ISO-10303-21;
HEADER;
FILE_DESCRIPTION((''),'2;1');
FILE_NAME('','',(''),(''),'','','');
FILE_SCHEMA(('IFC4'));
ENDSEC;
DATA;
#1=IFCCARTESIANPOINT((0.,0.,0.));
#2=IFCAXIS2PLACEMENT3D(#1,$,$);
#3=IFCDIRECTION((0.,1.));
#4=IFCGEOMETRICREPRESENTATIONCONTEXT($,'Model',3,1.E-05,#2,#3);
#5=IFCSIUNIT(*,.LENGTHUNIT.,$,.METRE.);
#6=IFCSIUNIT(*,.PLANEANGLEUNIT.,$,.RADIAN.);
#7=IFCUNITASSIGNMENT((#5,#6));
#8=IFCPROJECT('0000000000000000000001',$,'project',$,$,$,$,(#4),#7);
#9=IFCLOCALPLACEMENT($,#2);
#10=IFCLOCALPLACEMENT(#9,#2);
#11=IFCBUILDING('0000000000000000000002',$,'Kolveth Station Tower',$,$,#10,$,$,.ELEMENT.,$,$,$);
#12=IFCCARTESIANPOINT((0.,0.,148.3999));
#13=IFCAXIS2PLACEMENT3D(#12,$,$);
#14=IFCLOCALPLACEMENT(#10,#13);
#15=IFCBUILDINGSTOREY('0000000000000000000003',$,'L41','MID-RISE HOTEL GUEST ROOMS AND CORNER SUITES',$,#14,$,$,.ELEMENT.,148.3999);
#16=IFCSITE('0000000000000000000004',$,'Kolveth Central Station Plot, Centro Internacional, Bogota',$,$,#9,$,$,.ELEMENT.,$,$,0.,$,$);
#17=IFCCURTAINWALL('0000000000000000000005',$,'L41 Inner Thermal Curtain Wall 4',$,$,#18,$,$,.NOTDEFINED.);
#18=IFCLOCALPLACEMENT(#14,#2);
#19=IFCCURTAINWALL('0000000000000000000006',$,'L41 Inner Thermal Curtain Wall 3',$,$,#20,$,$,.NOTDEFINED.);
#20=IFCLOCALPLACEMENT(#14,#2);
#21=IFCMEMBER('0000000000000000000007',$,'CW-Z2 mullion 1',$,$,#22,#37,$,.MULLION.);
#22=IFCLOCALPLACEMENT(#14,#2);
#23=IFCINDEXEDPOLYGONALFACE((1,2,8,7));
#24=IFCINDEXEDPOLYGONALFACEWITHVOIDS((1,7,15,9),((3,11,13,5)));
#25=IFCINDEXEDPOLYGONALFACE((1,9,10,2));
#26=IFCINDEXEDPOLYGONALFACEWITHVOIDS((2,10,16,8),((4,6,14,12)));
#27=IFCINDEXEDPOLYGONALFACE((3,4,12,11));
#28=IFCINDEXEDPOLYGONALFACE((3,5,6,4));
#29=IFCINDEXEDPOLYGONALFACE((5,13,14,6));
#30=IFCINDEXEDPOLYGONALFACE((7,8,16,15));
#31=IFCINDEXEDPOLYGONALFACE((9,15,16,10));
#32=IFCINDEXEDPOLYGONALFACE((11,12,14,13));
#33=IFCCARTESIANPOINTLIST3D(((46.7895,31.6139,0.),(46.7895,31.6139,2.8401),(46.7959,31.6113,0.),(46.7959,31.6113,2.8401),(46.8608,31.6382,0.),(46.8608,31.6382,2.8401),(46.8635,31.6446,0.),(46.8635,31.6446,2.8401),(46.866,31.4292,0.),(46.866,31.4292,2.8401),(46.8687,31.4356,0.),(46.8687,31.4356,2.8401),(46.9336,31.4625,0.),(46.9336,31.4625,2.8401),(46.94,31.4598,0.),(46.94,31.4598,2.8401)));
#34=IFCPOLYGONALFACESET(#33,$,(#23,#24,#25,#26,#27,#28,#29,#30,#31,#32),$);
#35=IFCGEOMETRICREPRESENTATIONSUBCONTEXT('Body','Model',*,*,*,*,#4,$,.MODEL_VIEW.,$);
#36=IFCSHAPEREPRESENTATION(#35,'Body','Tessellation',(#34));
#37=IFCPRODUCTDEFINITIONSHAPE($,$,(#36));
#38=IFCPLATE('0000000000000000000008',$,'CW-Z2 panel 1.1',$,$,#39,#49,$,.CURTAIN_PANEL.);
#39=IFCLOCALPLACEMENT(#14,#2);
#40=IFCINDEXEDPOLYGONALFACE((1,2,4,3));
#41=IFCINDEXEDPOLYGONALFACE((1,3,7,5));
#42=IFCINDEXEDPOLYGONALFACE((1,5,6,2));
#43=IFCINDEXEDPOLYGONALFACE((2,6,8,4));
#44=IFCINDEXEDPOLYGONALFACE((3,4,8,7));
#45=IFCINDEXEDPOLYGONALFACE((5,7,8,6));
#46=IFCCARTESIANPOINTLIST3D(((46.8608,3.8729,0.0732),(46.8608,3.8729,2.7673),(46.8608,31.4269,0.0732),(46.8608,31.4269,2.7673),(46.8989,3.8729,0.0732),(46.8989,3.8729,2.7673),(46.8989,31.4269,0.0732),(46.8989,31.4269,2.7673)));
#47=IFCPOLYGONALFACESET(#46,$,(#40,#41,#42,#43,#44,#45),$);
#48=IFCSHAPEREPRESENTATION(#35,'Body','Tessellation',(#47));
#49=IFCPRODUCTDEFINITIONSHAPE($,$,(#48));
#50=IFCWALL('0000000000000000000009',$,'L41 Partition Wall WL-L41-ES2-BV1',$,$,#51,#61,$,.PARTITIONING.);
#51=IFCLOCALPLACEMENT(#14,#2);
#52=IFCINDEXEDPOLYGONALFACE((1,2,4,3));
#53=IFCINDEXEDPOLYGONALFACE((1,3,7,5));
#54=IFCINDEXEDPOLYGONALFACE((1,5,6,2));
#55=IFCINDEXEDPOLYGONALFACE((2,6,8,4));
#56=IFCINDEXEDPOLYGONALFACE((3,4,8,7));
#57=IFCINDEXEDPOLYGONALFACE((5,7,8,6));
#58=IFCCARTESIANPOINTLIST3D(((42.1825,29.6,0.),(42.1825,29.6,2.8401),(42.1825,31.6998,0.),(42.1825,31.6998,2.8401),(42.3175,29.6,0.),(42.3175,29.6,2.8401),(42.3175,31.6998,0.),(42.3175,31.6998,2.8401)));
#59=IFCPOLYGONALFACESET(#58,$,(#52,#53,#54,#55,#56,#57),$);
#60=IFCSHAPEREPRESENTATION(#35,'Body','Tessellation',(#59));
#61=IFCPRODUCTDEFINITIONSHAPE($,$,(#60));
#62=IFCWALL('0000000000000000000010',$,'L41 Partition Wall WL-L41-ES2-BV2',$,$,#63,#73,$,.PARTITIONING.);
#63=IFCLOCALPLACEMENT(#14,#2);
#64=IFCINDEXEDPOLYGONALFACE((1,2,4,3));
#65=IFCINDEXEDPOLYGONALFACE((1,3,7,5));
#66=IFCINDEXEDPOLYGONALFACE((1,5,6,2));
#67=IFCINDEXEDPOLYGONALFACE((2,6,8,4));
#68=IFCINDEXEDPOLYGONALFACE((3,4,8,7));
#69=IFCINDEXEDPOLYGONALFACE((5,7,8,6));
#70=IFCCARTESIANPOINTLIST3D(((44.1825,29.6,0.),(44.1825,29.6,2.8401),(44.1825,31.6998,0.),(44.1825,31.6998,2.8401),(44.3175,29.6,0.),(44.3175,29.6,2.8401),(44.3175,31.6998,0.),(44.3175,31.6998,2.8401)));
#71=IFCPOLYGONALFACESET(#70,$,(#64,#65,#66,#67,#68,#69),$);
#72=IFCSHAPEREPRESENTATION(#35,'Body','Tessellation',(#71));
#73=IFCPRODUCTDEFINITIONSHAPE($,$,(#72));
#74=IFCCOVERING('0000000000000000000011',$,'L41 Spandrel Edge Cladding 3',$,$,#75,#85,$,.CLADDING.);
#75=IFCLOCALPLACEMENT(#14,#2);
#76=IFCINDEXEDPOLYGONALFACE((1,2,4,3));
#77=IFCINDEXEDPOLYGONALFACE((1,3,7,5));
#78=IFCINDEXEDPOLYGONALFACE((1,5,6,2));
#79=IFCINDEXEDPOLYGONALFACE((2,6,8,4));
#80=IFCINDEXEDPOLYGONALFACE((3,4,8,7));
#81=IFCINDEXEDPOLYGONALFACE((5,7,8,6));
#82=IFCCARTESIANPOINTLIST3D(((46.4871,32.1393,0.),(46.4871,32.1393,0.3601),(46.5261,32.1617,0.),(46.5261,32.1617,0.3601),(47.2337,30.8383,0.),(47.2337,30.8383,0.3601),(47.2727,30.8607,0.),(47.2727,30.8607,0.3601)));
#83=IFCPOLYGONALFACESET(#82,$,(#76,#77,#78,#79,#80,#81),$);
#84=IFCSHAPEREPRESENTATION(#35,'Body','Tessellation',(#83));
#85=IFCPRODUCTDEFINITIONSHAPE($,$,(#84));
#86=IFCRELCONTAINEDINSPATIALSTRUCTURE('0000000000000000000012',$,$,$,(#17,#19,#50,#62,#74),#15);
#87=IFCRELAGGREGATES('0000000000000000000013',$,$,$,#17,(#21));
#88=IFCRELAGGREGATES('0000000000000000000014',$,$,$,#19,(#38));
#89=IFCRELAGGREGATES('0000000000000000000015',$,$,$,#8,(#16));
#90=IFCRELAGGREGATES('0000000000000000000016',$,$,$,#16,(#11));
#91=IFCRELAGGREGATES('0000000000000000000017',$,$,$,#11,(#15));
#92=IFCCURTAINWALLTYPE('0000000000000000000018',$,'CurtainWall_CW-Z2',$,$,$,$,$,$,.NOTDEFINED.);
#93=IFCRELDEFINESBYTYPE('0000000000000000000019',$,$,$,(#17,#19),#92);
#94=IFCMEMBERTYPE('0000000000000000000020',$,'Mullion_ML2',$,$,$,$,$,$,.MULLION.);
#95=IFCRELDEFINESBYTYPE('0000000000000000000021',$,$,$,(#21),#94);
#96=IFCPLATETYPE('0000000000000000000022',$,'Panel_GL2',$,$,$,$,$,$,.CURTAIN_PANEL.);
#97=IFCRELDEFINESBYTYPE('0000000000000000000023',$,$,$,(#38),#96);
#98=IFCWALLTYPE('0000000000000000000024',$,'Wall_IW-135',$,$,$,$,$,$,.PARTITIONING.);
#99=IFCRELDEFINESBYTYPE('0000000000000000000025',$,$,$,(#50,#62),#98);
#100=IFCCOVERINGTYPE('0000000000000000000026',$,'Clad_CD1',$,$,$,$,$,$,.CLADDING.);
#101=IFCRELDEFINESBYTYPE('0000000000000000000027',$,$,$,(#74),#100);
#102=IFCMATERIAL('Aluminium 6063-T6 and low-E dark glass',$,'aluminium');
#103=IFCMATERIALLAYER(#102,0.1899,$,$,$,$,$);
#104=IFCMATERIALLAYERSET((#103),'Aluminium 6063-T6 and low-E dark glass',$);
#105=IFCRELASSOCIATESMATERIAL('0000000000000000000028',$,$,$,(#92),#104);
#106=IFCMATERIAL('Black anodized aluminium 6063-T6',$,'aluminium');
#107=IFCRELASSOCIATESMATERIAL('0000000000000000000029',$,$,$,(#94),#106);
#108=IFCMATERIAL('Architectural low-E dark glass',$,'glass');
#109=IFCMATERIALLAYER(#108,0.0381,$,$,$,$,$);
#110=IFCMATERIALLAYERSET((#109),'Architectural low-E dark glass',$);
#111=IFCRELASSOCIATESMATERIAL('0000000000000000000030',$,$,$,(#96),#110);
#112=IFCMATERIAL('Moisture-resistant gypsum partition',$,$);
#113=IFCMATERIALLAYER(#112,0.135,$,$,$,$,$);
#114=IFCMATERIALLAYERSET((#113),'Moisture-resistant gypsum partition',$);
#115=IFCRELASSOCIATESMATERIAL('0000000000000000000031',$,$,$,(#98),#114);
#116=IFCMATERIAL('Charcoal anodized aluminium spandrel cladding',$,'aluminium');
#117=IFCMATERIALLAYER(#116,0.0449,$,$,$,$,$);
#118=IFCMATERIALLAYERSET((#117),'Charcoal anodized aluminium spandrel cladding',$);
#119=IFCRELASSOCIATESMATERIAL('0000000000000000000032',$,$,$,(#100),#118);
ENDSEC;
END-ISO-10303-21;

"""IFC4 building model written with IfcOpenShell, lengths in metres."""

from ifc_helpers import new_model, si_unit, direction, frame, frame_2d, origin, origin_2d, place, context, subcontext, project, spatial, rectangle, hollow_rectangle, extrude, source, transform, mapped, material, layer, layer_set, material_profile, profile_set, type_object, element, aggregate, save


model = new_model("IFC4")

# Units and contexts
model_context = context("Model", 3, precision=1e-05, world=origin(), true_north=direction((0.0, 1.0)))
body_context = subcontext(model_context, "Body", "Model", "MODEL_VIEW")
ifc_project = project(units=[si_unit("LENGTHUNIT", "METRE"), si_unit("PLANEANGLEUNIT", "RADIAN")], contexts=[model_context])

# Site, building, storey
site_placement = place(None, origin())
site = spatial("IfcSite", under=ifc_project, at=site_placement, Name="Kolveth Central Station Plot, Centro Internacional, Bogota", CompositionType="ELEMENT", RefElevation=0.0)
building_placement = place(site_placement, origin())
building = spatial("IfcBuilding", under=site, at=building_placement, Name="Kolveth Station Tower", CompositionType="ELEMENT")
storey_placement = place(building_placement, frame((0.0, 0.0, 148.3999)))
storey = spatial("IfcBuildingStorey", under=building, at=storey_placement, Name="L41", Description="MID-RISE HOTEL GUEST ROOMS AND CORNER SUITES", CompositionType="ELEMENT", Elevation=148.3999)

# Curtain wall
ifc_material_1 = material(Name="Aluminium 6063-T6 and low-E dark glass", Category="aluminium")
ifc_layer_1 = layer(ifc_material_1, 0.1899)
ifc_layer_set_1 = layer_set([ifc_layer_1], Name="Aluminium 6063-T6 and low-E dark glass")
curtain_wall_type = type_object("IfcCurtainWallType", Name="CurtainWall_CW-Z2", PredefinedType="NOTDEFINED", material=ifc_layer_set_1)
curtain_wall_1_placement = place(storey_placement, origin())
curtain_wall_1 = element("IfcCurtainWall", 1, at=curtain_wall_1_placement, inside=storey, type_object=curtain_wall_type, Name="L41 Inner Thermal Curtain Wall 4", PredefinedType="NOTDEFINED")
ifc_material_2 = material(Name="Black anodized aluminium 6063-T6", Category="aluminium")

# Curtain wall
curtain_wall_2_placement = place(storey_placement, origin())
curtain_wall_2 = element("IfcCurtainWall", 2, at=curtain_wall_2_placement, inside=storey, type_object=curtain_wall_type, Name="L41 Inner Thermal Curtain Wall 3", PredefinedType="NOTDEFINED")
ifc_material_profile_1 = material_profile(ifc_material_2, hollow_rectangle(XDim=0.0801, YDim=0.2, WallThickness=0.0049, at=origin_2d()), Name="ALU-80x200x5")
ifc_profile_set_1 = profile_set([ifc_material_profile_1], Name="Black anodized aluminium 6063-T6")
member_type_1 = type_object("IfcMemberType", Name="Mullion_ML2", PredefinedType="MULLION", material=ifc_profile_set_1)
shared_shape_1 = source(origin(), body_context, "Body", "SweptSolid", [
    extrude(hollow_rectangle(XDim=0.0801, YDim=0.2, WallThickness=0.0049, at=origin_2d()), origin(), (0.0, 0.0, 1.0), 2.8401),
])

# Member
member_1_placement = place(storey_placement, frame((46.8647, 31.5369, 0.0), z_axis=(0.0, 0.0, 1.0), x_axis=(-0.923888, -0.382663, 0.0)))
member_1 = element("IfcMember", 3, at=member_1_placement, type_object=member_type_1, Name="CW-Z2 mullion 1", PredefinedType="MULLION", context=body_context, shape_type="MappedRepresentation", body=[
    mapped(shared_shape_1, transform((0.0, 0.0, 0.0), x_axis=(1.0, 0.0, 0.0), y_axis=(0.0, 1.0, 0.0), z_axis=(0.0, 0.0, 1.0), scale=1.0)),
])
aggregate(curtain_wall_1, [member_1])

# Plate
ifc_material_3 = material(Name="Architectural low-E dark glass", Category="glass")
ifc_layer_2 = layer(ifc_material_3, 0.0381)
ifc_layer_set_2 = layer_set([ifc_layer_2], Name="Architectural low-E dark glass")
plate_type = type_object("IfcPlateType", Name="Panel_GL2", PredefinedType="CURTAIN_PANEL", material=ifc_layer_set_2)
shared_shape_2 = source(origin(), body_context, "Body", "SweptSolid", [
    extrude(rectangle(XDim=27.554, YDim=0.0381, at=origin_2d()), origin(), (0.0, 0.0, 1.0), 2.6941),
])
plate_placement = place(storey_placement, frame((46.8799, 17.6499, 0.0732), z_axis=(0.0, 0.0, 1.0), x_axis=(0.0, 1.0, 0.0)))
plate = element("IfcPlate", 4, at=plate_placement, type_object=plate_type, Name="CW-Z2 panel 1.1", PredefinedType="CURTAIN_PANEL", context=body_context, shape_type="MappedRepresentation", body=[
    mapped(shared_shape_2, transform((0.0, 0.0, 0.0), x_axis=(1.0, 0.0, 0.0), y_axis=(0.0, 1.0, 0.0), z_axis=(0.0, 0.0, 1.0), scale=1.0)),
])
aggregate(curtain_wall_2, [plate])

# Walls
ifc_material_4 = material(Name="Moisture-resistant gypsum partition")
ifc_layer_3 = layer(ifc_material_4, 0.135)
ifc_layer_set_3 = layer_set([ifc_layer_3], Name="Moisture-resistant gypsum partition")
wall_type = type_object("IfcWallType", Name="Wall_IW-135", PredefinedType="PARTITIONING", material=ifc_layer_set_3)
for number, where, z_axis, x_axis, name in (
    (5, (42.25, 29.6001, 0.0), (0.0, 0.0, 1.0), (0.0, 1.0, 0.0), "L41 Partition Wall WL-L41-ES2-BV1"),
    (6, (44.25, 29.6001, 0.0), (0.0, 0.0, 1.0), (0.0, 1.0, 0.0), "L41 Partition Wall WL-L41-ES2-BV2"),
):
    element("IfcWall", number, at=place(storey_placement, frame(where, z_axis=z_axis, x_axis=x_axis)), inside=storey, type_object=wall_type, Name=name, PredefinedType="PARTITIONING", context=body_context, shape_type="SweptSolid", body=[
        extrude(rectangle(XDim=2.0999, YDim=0.135, at=frame_2d((1.0498, 0.0))), origin(), (0.0, 0.0, 1.0), 2.8401),
    ])

# Covering
ifc_material_5 = material(Name="Charcoal anodized aluminium spandrel cladding", Category="aluminium")
ifc_layer_4 = layer(ifc_material_5, 0.0449)
ifc_layer_set_4 = layer_set([ifc_layer_4], Name="Charcoal anodized aluminium spandrel cladding")
covering_type = type_object("IfcCoveringType", Name="Clad_CD1", PredefinedType="CLADDING", material=ifc_layer_set_4)
shared_shape_3 = source(origin(), body_context, "Body", "SweptSolid", [
    extrude(rectangle(XDim=1.5, YDim=0.0449, at=origin_2d()), origin(), (0.0, 0.0, 1.0), 0.3601),
])
covering_placement = place(storey_placement, frame((46.8799, 31.5, 0.0), z_axis=(0.0, 0.0, 1.0), x_axis=(-0.497731, 0.867331, 0.0)))
element("IfcCovering", 7, at=covering_placement, inside=storey, type_object=covering_type, Name="L41 Spandrel Edge Cladding 3", PredefinedType="CLADDING", context=body_context, shape_type="MappedRepresentation", body=[
    mapped(shared_shape_3, transform((0.0, 0.0, 0.0), x_axis=(1.0, 0.0, 0.0), y_axis=(0.0, 1.0, 0.0), z_axis=(0.0, 0.0, 1.0), scale=1.0)),
])

save(model, "model.ifc")
